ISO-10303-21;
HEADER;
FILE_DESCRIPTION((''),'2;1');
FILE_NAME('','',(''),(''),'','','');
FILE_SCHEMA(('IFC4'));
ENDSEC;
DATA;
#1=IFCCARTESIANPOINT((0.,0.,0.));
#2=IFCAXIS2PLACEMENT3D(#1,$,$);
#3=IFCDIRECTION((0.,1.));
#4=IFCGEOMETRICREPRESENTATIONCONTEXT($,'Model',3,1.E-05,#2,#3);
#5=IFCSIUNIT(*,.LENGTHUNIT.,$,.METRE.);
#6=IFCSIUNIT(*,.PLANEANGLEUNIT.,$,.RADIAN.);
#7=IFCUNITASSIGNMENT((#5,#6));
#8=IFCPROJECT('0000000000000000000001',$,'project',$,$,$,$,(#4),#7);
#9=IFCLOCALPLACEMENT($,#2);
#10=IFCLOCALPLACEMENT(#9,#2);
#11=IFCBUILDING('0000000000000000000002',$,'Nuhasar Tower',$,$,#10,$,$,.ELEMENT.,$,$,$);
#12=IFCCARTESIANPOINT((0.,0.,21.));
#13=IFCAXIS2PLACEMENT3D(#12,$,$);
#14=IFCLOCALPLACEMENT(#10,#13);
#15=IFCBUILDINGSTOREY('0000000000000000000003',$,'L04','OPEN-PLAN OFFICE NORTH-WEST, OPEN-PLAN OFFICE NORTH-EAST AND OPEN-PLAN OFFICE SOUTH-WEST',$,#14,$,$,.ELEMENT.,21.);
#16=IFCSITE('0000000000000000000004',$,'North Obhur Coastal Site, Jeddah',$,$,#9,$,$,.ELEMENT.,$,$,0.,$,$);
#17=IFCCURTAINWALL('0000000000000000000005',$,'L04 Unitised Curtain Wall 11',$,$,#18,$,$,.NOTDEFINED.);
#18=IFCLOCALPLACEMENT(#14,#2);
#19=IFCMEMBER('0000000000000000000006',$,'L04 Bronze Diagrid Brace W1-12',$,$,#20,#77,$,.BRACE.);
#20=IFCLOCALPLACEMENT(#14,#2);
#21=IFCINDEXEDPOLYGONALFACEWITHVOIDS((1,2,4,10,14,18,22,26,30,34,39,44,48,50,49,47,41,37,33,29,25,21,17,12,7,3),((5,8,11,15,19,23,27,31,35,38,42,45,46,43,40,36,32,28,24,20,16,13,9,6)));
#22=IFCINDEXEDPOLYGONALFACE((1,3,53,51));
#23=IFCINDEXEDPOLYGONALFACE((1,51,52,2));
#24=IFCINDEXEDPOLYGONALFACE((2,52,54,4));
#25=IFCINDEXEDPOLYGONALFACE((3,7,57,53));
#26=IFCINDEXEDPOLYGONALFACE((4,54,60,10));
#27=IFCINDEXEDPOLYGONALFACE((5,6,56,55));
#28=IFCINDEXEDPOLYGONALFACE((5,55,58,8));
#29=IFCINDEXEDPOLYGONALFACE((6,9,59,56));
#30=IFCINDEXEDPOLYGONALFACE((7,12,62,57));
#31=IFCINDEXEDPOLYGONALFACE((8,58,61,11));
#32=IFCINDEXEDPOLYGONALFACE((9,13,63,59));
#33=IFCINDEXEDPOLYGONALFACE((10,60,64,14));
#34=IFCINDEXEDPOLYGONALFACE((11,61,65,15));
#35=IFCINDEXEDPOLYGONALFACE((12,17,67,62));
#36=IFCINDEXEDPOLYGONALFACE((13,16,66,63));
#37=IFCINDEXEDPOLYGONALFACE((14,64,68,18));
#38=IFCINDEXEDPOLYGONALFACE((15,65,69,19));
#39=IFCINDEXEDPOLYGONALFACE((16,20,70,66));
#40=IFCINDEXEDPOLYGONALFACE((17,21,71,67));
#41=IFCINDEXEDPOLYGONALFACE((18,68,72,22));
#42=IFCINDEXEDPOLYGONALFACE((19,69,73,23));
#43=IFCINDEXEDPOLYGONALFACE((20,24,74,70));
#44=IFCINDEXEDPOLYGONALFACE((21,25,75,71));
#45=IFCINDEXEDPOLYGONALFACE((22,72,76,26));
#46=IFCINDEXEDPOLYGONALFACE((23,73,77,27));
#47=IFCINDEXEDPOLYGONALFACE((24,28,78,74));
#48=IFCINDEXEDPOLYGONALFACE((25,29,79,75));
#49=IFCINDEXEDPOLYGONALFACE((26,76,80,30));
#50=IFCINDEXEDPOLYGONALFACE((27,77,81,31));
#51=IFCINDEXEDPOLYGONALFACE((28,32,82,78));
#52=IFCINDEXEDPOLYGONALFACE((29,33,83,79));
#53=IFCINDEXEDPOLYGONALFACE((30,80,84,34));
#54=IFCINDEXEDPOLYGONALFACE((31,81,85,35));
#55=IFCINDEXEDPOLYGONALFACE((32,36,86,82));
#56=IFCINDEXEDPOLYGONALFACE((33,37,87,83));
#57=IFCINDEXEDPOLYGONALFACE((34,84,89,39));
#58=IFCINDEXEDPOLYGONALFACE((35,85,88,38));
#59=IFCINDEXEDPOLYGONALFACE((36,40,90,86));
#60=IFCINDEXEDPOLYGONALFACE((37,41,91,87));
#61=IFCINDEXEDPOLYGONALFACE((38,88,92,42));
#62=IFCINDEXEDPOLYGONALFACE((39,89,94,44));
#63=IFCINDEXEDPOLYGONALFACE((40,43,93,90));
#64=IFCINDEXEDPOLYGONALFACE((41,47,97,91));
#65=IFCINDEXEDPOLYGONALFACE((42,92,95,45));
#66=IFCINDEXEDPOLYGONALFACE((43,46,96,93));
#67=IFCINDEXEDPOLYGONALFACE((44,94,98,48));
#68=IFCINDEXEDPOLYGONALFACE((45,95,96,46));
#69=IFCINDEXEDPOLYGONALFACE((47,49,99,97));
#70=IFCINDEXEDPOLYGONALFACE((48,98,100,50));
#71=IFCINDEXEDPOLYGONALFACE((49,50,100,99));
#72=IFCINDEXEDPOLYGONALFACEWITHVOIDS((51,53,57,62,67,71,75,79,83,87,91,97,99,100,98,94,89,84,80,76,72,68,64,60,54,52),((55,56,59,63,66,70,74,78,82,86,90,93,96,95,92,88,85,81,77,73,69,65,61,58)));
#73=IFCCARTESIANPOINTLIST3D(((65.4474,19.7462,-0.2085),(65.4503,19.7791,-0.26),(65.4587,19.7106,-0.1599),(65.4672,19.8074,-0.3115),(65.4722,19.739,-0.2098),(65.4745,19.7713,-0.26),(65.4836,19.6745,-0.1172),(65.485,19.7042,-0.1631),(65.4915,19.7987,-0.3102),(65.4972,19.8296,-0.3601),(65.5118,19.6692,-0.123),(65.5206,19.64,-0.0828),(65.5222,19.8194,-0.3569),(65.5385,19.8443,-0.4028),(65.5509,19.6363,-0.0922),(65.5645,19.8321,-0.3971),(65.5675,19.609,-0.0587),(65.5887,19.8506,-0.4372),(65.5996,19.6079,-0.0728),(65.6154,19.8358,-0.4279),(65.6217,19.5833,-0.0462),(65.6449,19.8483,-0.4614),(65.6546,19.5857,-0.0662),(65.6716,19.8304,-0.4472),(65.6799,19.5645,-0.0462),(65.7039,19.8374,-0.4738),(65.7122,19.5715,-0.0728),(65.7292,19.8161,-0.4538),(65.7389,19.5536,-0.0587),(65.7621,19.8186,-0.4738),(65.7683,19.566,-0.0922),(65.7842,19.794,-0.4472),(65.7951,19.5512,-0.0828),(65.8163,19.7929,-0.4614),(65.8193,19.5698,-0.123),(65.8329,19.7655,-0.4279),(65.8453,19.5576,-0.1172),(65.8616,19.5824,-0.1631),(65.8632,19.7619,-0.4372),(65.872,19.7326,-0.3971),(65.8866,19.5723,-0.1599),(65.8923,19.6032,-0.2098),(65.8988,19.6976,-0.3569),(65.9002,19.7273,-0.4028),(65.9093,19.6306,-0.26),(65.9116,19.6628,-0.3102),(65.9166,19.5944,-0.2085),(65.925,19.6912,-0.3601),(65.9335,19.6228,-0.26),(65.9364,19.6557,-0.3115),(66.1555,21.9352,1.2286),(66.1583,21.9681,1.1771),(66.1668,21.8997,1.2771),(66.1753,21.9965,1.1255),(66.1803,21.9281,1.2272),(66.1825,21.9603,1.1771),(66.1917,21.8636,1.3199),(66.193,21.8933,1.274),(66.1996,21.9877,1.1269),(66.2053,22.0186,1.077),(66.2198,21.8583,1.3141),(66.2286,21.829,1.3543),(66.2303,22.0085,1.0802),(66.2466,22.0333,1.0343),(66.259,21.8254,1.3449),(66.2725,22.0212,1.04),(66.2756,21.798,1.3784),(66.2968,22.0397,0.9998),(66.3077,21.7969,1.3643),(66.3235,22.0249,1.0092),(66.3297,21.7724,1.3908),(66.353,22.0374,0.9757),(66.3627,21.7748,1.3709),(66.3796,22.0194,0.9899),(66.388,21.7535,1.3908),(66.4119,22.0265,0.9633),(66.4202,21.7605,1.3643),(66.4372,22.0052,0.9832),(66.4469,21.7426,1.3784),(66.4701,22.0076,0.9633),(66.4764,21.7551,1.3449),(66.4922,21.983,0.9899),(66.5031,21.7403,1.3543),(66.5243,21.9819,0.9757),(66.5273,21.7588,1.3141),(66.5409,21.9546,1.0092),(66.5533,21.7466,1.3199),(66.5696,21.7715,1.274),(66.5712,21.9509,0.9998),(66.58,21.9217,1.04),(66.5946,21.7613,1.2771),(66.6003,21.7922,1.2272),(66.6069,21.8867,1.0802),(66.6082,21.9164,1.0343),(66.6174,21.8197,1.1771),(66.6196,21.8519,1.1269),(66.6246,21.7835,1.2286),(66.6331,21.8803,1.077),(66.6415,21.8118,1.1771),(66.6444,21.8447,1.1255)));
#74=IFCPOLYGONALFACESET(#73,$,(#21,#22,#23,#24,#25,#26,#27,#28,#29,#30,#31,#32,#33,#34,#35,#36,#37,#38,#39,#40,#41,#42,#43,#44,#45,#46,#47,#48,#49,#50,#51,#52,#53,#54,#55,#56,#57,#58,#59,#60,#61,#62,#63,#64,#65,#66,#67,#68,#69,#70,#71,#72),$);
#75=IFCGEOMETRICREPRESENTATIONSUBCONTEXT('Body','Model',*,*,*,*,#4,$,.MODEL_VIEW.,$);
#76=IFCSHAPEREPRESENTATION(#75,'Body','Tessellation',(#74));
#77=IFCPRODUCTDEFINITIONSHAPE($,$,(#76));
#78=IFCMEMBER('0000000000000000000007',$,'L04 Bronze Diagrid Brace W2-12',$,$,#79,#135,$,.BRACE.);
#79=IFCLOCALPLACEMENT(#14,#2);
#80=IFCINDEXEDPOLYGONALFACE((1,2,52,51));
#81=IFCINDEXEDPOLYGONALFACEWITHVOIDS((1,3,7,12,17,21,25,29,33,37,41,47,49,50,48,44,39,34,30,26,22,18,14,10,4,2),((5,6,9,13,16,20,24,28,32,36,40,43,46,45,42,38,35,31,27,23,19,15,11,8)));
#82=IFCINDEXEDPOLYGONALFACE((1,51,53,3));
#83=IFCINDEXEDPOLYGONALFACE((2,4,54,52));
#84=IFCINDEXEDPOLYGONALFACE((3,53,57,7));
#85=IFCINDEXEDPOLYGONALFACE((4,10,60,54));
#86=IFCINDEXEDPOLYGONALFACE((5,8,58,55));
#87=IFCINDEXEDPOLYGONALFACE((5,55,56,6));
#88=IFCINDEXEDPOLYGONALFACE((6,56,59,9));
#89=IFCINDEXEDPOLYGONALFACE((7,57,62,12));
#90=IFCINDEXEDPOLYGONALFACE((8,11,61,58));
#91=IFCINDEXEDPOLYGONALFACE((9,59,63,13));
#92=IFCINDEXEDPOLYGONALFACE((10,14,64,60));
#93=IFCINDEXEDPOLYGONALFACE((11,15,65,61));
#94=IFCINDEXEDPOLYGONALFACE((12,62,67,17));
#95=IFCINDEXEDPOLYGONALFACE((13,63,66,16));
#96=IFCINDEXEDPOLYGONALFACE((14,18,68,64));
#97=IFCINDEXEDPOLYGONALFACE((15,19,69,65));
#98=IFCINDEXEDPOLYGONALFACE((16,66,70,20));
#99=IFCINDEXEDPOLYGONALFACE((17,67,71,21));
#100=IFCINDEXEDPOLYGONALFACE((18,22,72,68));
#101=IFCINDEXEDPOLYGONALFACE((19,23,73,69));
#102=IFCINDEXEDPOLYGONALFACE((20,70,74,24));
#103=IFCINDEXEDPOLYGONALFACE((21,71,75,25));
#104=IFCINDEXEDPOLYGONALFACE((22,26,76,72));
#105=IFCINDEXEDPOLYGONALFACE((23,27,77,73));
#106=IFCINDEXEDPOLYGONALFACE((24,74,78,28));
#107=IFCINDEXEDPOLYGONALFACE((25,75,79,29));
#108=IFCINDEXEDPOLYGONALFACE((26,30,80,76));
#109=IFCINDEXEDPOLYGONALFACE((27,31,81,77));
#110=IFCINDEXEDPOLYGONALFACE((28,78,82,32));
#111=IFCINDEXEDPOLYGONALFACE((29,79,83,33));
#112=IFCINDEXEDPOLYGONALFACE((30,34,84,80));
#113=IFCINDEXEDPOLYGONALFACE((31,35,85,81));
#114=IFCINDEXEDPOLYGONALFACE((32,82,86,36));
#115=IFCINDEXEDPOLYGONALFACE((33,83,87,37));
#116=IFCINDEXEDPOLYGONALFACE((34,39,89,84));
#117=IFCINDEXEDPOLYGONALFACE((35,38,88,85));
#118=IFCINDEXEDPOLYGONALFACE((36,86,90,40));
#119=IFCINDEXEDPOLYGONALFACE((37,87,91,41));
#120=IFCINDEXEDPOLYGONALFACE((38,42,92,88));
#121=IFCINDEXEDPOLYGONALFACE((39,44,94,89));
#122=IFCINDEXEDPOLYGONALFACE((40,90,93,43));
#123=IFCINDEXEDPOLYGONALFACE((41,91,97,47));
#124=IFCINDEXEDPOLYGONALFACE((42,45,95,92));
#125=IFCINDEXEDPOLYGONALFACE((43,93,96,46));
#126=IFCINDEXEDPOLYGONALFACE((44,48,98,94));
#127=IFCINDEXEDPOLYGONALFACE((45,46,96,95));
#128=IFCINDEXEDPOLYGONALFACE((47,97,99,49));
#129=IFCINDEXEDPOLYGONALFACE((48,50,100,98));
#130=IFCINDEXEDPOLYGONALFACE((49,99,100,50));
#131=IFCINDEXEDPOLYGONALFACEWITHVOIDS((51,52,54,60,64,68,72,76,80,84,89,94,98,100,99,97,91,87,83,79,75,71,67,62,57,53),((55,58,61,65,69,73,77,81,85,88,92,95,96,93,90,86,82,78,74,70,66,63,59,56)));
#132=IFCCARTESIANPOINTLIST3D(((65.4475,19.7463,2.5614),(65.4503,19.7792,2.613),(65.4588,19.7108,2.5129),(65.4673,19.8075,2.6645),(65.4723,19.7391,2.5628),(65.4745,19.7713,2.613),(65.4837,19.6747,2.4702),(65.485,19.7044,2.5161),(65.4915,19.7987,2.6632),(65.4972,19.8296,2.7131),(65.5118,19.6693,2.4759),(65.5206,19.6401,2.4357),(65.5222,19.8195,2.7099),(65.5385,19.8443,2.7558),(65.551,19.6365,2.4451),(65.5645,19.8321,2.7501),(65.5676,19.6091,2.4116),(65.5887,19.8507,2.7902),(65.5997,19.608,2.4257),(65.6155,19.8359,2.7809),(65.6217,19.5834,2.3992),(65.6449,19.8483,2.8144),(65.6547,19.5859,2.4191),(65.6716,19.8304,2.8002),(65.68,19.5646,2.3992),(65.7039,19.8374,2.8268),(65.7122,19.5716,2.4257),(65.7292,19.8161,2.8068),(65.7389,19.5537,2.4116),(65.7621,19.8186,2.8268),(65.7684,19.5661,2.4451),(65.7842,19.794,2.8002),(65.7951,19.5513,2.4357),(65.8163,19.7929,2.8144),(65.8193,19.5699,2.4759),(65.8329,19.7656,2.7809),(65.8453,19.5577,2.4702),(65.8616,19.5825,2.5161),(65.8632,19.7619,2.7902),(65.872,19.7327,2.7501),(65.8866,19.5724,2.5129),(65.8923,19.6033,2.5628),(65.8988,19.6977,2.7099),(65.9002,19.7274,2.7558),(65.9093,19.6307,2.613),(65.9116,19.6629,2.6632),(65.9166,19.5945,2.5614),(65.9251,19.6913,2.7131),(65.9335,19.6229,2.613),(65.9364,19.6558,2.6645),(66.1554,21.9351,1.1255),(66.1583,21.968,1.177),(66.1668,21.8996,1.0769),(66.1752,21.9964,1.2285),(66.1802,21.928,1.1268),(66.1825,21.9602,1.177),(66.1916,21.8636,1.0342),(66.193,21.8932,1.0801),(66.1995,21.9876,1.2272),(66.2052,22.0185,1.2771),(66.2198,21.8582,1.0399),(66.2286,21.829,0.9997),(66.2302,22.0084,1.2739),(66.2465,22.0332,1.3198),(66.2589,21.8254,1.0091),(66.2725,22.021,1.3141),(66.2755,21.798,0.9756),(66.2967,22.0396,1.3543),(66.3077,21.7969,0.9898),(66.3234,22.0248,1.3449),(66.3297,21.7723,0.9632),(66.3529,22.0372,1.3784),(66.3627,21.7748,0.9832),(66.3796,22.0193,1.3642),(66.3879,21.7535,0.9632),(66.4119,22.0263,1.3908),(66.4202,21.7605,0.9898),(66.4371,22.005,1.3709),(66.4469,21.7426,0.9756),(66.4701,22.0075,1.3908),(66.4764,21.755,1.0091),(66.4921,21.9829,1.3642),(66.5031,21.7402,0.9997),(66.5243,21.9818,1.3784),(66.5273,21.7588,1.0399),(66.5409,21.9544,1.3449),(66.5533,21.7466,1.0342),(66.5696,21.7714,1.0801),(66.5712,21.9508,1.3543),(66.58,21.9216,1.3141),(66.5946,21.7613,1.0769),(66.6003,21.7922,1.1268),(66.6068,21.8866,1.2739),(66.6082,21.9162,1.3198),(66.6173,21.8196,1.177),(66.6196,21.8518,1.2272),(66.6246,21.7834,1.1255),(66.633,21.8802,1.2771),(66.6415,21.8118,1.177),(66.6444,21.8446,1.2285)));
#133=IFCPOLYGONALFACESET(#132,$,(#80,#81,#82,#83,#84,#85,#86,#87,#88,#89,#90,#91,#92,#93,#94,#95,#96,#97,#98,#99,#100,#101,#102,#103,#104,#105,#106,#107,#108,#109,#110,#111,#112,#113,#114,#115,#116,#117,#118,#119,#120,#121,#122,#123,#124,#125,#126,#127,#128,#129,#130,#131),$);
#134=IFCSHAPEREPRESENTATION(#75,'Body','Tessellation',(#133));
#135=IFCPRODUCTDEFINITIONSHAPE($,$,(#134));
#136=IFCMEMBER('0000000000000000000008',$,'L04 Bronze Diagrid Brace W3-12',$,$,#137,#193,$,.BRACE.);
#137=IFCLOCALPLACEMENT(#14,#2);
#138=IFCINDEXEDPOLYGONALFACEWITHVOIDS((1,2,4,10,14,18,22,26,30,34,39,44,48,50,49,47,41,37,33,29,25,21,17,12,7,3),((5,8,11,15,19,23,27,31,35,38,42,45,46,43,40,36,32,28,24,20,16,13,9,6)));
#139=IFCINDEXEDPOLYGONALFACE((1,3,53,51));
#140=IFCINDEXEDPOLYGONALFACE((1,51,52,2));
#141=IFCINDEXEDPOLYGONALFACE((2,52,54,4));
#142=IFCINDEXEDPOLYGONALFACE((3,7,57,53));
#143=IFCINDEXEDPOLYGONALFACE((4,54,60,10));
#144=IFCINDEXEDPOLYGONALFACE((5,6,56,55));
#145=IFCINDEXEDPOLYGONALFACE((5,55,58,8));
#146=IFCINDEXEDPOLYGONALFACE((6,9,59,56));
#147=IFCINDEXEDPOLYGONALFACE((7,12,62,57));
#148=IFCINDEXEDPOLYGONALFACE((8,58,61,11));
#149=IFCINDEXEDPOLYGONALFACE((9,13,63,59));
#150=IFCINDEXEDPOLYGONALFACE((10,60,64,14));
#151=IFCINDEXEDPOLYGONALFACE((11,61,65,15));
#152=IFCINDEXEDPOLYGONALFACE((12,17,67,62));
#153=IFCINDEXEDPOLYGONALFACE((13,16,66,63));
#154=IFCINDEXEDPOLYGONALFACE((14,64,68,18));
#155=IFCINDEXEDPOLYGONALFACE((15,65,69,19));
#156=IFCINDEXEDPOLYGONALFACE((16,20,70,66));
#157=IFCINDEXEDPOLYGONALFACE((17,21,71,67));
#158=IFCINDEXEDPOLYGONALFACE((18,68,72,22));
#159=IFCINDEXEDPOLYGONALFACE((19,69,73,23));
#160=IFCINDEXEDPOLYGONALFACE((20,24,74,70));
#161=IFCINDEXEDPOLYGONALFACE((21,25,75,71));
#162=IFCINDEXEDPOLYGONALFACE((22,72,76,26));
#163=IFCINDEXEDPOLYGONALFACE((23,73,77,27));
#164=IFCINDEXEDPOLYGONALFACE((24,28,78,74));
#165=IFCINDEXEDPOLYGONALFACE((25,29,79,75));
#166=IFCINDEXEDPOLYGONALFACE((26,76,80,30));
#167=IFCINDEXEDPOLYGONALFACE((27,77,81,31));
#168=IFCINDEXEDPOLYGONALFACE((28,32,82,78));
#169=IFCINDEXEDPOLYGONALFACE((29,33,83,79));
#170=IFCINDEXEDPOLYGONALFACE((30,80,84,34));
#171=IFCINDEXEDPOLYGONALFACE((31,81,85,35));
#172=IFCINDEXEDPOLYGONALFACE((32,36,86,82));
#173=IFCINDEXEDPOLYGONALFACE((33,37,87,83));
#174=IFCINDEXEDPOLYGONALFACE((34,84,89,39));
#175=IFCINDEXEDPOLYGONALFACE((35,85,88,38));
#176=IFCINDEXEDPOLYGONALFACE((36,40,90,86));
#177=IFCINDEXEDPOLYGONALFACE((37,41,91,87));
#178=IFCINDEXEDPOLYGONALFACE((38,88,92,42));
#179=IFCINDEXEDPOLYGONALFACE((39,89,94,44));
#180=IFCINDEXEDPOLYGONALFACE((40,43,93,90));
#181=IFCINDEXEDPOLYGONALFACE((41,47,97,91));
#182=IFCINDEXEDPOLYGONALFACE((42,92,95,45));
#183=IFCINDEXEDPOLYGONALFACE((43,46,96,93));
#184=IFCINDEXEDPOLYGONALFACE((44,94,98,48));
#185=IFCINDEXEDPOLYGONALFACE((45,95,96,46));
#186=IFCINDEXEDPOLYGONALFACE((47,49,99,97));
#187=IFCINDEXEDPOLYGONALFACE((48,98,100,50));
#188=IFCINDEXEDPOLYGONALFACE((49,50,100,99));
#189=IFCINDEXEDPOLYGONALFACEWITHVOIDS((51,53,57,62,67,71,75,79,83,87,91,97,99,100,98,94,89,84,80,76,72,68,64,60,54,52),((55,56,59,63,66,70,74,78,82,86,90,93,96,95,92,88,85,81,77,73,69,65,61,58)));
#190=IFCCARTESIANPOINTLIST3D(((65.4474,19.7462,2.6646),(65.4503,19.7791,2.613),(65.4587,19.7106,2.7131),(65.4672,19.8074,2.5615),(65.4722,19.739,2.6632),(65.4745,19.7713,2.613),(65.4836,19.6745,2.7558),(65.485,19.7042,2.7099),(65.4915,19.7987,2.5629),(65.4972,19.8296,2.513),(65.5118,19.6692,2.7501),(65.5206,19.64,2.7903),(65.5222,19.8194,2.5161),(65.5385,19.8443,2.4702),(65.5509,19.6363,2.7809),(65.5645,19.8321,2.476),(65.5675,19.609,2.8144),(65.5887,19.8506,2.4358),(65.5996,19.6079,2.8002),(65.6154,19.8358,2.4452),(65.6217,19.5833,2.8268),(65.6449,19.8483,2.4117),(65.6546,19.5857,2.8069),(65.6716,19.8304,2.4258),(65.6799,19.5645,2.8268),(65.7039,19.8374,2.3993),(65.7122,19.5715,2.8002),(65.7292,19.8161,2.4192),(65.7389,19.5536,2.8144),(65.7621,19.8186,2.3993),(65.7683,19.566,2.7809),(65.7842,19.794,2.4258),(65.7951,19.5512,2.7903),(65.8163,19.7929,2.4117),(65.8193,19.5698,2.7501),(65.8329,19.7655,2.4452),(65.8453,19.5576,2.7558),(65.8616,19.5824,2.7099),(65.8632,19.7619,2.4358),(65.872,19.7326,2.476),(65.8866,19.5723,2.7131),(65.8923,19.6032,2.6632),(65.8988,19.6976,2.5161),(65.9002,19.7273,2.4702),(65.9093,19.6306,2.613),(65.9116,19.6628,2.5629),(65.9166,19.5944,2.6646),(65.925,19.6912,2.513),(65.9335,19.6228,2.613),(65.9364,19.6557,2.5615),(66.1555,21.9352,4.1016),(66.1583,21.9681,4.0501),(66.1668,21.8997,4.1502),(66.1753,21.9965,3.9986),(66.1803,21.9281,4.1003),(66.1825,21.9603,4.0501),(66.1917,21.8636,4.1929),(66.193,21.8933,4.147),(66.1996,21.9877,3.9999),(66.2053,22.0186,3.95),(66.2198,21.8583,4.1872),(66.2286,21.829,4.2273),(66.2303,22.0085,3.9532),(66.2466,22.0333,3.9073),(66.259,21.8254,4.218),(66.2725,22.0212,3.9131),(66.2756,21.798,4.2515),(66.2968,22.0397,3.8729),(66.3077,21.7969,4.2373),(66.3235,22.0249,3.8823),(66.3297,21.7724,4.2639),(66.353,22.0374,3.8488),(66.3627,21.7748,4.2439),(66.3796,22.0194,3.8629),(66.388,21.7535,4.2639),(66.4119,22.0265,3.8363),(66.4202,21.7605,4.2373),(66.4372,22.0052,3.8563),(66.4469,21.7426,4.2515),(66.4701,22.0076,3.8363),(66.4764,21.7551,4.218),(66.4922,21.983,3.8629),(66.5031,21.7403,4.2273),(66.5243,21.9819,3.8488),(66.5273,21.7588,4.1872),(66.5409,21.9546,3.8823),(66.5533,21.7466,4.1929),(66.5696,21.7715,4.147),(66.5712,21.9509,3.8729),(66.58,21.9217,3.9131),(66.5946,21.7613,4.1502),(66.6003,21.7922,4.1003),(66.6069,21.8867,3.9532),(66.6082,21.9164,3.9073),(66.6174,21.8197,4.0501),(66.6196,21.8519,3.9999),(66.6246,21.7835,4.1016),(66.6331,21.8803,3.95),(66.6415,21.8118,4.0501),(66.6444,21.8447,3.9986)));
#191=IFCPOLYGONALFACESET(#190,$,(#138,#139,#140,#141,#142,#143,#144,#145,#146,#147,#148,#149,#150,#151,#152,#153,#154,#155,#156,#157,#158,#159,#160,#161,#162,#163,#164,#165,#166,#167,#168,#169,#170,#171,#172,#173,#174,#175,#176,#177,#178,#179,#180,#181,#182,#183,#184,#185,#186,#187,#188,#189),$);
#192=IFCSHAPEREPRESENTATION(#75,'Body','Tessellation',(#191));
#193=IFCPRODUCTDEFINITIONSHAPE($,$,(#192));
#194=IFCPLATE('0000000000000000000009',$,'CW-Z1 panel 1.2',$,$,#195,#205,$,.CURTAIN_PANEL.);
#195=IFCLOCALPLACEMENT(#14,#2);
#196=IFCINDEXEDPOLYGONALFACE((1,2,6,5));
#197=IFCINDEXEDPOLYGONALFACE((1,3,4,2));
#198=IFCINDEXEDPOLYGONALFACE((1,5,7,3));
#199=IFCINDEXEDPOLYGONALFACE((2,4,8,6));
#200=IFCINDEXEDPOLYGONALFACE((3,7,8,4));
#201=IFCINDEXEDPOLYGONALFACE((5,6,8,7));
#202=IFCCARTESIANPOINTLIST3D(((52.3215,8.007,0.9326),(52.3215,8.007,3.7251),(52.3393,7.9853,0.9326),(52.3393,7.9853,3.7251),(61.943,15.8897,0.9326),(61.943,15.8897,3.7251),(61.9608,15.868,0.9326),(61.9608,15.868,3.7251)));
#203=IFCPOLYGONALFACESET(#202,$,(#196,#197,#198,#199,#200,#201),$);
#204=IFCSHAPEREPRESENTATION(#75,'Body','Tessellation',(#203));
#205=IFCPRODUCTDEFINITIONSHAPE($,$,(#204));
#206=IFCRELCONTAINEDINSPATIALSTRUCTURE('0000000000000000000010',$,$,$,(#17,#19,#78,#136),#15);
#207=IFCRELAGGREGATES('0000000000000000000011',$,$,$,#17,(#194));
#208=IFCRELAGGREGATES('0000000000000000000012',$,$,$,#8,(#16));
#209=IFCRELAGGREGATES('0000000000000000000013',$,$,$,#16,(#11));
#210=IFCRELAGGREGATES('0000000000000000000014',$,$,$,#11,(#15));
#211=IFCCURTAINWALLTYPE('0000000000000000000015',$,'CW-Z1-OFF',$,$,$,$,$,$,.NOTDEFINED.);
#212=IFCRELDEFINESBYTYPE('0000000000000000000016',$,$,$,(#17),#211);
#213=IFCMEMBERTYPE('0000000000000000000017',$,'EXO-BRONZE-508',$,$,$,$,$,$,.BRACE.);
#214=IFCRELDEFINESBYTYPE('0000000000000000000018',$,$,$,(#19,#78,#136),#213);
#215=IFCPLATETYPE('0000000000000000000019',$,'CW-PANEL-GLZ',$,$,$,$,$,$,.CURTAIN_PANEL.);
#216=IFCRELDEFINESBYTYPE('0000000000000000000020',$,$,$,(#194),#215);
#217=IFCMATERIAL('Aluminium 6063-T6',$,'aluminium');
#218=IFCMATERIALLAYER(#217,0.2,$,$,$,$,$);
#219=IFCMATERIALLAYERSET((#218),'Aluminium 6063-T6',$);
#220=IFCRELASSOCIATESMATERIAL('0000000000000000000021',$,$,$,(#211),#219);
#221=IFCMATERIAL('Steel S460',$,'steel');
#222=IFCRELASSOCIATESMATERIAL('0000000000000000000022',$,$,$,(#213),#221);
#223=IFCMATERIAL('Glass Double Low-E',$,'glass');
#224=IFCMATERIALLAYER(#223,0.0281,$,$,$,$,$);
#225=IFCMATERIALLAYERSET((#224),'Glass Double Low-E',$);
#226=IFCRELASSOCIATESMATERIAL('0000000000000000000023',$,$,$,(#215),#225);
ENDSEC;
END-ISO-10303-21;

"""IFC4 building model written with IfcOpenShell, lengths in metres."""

from ifc_helpers import new_model, si_unit, direction, frame, origin, origin_2d, place, context, subcontext, project, spatial, rectangle, hollow_circle, extrude, material, layer, layer_set, material_profile, profile_set, type_object, element, aggregate, save


model = new_model("IFC4")

# Units and contexts
model_context = context("Model", 3, precision=1e-05, world=origin(), true_north=direction((0.0, 1.0)))
body_context = subcontext(model_context, "Body", "Model", "MODEL_VIEW")
ifc_project = project(units=[si_unit("LENGTHUNIT", "METRE"), si_unit("PLANEANGLEUNIT", "RADIAN")], contexts=[model_context])

# Site, building, storey
site_placement = place(None, origin())
site = spatial("IfcSite", under=ifc_project, at=site_placement, Name="North Obhur Coastal Site, Jeddah", CompositionType="ELEMENT", RefElevation=0.0)
building_placement = place(site_placement, origin())
building = spatial("IfcBuilding", under=site, at=building_placement, Name="Nuhasar Tower", CompositionType="ELEMENT")
storey_placement = place(building_placement, frame((0.0, 0.0, 21.0)))
storey = spatial("IfcBuildingStorey", under=building, at=storey_placement, Name="L04", Description="OPEN-PLAN OFFICE NORTH-WEST, OPEN-PLAN OFFICE NORTH-EAST AND OPEN-PLAN OFFICE SOUTH-WEST", CompositionType="ELEMENT", Elevation=21.0)

# Shared definitions
ifc_material_1 = material(Name="Steel S460", Category="steel")

# Curtain wall
ifc_material_2 = material(Name="Aluminium 6063-T6", Category="aluminium")
ifc_layer_1 = layer(ifc_material_2, 0.2)
ifc_layer_set_1 = layer_set([ifc_layer_1], Name="Aluminium 6063-T6")
curtain_wall_type = type_object("IfcCurtainWallType", Name="CW-Z1-OFF", PredefinedType="NOTDEFINED", material=ifc_layer_set_1)
curtain_wall_1_placement = place(storey_placement, origin())
curtain_wall_1 = element("IfcCurtainWall", 1, at=curtain_wall_1_placement, inside=storey, type_object=curtain_wall_type, Name="L04 Unitised Curtain Wall 11", PredefinedType="NOTDEFINED")

# Members
ifc_material_profile_1 = material_profile(ifc_material_1, hollow_circle(Radius=0.2539, WallThickness=0.0254, at=origin_2d()), Name="HSS508X25.4")
ifc_profile_set_1 = profile_set([ifc_material_profile_1], Name="Steel S460")
member_type_1 = type_object("IfcMemberType", Name="EXO-BRONZE-508", PredefinedType="BRACE", material=ifc_profile_set_1)
member_1_placement = place(storey_placement, frame((65.6919, 19.7009, -0.26), z_axis=(0.261013, 0.806981, 0.529767), x_axis=(-0.951468, 0.307747, 0.0)))
element("IfcMember", 2, at=member_1_placement, inside=storey, type_object=member_type_1, Name="L04 Bronze Diagrid Brace W1-12", PredefinedType="BRACE", context=body_context, shape_type="SweptSolid", body=[
    extrude(hollow_circle(Radius=0.2539, WallThickness=0.0254, at=origin_2d()), origin(), (0.0, 0.0, 1.0), 2.7126),
])
member_2_placement = place(storey_placement, frame((66.3999, 21.8899, 1.177), z_axis=(-0.261063, -0.807135, 0.529508), x_axis=(0.951468, -0.307747, 0.0)))
element("IfcMember", 3, at=member_2_placement, inside=storey, type_object=member_type_1, Name="L04 Bronze Diagrid Brace W2-12", PredefinedType="BRACE", context=body_context, shape_type="SweptSolid", body=[
    extrude(hollow_circle(Radius=0.2539, WallThickness=0.0254, at=origin_2d()), origin(), (0.0, 0.0, 1.0), 2.7119),
])
member_3_placement = place(storey_placement, frame((65.6919, 19.7009, 2.613), z_axis=(0.261013, 0.806981, 0.529767), x_axis=(-0.951468, 0.307747, 0.0)))
element("IfcMember", 4, at=member_3_placement, inside=storey, type_object=member_type_1, Name="L04 Bronze Diagrid Brace W3-12", PredefinedType="BRACE", context=body_context, shape_type="SweptSolid", body=[
    extrude(hollow_circle(Radius=0.2539, WallThickness=0.0254, at=origin_2d()), origin(), (0.0, 0.0, 1.0), 2.7126),
])

# Plate
ifc_material_3 = material(Name="Glass Double Low-E", Category="glass")
ifc_layer_2 = layer(ifc_material_3, 0.0281)
ifc_layer_set_2 = layer_set([ifc_layer_2], Name="Glass Double Low-E")
plate_type_1 = type_object("IfcPlateType", Name="CW-PANEL-GLZ", PredefinedType="CURTAIN_PANEL", material=ifc_layer_set_2)
plate_1_placement = place(storey_placement, frame((57.1411, 11.9375, 0.9326), z_axis=(0.0, 0.0, 1.0), x_axis=(0.773542, 0.633745, 0.0)))
plate_1 = element("IfcPlate", 5, at=plate_1_placement, type_object=plate_type_1, Name="CW-Z1 panel 1.2", PredefinedType="CURTAIN_PANEL", context=body_context, shape_type="SweptSolid", body=[
    extrude(rectangle(XDim=12.4382, YDim=0.0281, at=origin_2d()), origin(), (0.0, 0.0, 1.0), 2.7925),
])
aggregate(curtain_wall_1, [plate_1])

save(model, "model.ifc")
